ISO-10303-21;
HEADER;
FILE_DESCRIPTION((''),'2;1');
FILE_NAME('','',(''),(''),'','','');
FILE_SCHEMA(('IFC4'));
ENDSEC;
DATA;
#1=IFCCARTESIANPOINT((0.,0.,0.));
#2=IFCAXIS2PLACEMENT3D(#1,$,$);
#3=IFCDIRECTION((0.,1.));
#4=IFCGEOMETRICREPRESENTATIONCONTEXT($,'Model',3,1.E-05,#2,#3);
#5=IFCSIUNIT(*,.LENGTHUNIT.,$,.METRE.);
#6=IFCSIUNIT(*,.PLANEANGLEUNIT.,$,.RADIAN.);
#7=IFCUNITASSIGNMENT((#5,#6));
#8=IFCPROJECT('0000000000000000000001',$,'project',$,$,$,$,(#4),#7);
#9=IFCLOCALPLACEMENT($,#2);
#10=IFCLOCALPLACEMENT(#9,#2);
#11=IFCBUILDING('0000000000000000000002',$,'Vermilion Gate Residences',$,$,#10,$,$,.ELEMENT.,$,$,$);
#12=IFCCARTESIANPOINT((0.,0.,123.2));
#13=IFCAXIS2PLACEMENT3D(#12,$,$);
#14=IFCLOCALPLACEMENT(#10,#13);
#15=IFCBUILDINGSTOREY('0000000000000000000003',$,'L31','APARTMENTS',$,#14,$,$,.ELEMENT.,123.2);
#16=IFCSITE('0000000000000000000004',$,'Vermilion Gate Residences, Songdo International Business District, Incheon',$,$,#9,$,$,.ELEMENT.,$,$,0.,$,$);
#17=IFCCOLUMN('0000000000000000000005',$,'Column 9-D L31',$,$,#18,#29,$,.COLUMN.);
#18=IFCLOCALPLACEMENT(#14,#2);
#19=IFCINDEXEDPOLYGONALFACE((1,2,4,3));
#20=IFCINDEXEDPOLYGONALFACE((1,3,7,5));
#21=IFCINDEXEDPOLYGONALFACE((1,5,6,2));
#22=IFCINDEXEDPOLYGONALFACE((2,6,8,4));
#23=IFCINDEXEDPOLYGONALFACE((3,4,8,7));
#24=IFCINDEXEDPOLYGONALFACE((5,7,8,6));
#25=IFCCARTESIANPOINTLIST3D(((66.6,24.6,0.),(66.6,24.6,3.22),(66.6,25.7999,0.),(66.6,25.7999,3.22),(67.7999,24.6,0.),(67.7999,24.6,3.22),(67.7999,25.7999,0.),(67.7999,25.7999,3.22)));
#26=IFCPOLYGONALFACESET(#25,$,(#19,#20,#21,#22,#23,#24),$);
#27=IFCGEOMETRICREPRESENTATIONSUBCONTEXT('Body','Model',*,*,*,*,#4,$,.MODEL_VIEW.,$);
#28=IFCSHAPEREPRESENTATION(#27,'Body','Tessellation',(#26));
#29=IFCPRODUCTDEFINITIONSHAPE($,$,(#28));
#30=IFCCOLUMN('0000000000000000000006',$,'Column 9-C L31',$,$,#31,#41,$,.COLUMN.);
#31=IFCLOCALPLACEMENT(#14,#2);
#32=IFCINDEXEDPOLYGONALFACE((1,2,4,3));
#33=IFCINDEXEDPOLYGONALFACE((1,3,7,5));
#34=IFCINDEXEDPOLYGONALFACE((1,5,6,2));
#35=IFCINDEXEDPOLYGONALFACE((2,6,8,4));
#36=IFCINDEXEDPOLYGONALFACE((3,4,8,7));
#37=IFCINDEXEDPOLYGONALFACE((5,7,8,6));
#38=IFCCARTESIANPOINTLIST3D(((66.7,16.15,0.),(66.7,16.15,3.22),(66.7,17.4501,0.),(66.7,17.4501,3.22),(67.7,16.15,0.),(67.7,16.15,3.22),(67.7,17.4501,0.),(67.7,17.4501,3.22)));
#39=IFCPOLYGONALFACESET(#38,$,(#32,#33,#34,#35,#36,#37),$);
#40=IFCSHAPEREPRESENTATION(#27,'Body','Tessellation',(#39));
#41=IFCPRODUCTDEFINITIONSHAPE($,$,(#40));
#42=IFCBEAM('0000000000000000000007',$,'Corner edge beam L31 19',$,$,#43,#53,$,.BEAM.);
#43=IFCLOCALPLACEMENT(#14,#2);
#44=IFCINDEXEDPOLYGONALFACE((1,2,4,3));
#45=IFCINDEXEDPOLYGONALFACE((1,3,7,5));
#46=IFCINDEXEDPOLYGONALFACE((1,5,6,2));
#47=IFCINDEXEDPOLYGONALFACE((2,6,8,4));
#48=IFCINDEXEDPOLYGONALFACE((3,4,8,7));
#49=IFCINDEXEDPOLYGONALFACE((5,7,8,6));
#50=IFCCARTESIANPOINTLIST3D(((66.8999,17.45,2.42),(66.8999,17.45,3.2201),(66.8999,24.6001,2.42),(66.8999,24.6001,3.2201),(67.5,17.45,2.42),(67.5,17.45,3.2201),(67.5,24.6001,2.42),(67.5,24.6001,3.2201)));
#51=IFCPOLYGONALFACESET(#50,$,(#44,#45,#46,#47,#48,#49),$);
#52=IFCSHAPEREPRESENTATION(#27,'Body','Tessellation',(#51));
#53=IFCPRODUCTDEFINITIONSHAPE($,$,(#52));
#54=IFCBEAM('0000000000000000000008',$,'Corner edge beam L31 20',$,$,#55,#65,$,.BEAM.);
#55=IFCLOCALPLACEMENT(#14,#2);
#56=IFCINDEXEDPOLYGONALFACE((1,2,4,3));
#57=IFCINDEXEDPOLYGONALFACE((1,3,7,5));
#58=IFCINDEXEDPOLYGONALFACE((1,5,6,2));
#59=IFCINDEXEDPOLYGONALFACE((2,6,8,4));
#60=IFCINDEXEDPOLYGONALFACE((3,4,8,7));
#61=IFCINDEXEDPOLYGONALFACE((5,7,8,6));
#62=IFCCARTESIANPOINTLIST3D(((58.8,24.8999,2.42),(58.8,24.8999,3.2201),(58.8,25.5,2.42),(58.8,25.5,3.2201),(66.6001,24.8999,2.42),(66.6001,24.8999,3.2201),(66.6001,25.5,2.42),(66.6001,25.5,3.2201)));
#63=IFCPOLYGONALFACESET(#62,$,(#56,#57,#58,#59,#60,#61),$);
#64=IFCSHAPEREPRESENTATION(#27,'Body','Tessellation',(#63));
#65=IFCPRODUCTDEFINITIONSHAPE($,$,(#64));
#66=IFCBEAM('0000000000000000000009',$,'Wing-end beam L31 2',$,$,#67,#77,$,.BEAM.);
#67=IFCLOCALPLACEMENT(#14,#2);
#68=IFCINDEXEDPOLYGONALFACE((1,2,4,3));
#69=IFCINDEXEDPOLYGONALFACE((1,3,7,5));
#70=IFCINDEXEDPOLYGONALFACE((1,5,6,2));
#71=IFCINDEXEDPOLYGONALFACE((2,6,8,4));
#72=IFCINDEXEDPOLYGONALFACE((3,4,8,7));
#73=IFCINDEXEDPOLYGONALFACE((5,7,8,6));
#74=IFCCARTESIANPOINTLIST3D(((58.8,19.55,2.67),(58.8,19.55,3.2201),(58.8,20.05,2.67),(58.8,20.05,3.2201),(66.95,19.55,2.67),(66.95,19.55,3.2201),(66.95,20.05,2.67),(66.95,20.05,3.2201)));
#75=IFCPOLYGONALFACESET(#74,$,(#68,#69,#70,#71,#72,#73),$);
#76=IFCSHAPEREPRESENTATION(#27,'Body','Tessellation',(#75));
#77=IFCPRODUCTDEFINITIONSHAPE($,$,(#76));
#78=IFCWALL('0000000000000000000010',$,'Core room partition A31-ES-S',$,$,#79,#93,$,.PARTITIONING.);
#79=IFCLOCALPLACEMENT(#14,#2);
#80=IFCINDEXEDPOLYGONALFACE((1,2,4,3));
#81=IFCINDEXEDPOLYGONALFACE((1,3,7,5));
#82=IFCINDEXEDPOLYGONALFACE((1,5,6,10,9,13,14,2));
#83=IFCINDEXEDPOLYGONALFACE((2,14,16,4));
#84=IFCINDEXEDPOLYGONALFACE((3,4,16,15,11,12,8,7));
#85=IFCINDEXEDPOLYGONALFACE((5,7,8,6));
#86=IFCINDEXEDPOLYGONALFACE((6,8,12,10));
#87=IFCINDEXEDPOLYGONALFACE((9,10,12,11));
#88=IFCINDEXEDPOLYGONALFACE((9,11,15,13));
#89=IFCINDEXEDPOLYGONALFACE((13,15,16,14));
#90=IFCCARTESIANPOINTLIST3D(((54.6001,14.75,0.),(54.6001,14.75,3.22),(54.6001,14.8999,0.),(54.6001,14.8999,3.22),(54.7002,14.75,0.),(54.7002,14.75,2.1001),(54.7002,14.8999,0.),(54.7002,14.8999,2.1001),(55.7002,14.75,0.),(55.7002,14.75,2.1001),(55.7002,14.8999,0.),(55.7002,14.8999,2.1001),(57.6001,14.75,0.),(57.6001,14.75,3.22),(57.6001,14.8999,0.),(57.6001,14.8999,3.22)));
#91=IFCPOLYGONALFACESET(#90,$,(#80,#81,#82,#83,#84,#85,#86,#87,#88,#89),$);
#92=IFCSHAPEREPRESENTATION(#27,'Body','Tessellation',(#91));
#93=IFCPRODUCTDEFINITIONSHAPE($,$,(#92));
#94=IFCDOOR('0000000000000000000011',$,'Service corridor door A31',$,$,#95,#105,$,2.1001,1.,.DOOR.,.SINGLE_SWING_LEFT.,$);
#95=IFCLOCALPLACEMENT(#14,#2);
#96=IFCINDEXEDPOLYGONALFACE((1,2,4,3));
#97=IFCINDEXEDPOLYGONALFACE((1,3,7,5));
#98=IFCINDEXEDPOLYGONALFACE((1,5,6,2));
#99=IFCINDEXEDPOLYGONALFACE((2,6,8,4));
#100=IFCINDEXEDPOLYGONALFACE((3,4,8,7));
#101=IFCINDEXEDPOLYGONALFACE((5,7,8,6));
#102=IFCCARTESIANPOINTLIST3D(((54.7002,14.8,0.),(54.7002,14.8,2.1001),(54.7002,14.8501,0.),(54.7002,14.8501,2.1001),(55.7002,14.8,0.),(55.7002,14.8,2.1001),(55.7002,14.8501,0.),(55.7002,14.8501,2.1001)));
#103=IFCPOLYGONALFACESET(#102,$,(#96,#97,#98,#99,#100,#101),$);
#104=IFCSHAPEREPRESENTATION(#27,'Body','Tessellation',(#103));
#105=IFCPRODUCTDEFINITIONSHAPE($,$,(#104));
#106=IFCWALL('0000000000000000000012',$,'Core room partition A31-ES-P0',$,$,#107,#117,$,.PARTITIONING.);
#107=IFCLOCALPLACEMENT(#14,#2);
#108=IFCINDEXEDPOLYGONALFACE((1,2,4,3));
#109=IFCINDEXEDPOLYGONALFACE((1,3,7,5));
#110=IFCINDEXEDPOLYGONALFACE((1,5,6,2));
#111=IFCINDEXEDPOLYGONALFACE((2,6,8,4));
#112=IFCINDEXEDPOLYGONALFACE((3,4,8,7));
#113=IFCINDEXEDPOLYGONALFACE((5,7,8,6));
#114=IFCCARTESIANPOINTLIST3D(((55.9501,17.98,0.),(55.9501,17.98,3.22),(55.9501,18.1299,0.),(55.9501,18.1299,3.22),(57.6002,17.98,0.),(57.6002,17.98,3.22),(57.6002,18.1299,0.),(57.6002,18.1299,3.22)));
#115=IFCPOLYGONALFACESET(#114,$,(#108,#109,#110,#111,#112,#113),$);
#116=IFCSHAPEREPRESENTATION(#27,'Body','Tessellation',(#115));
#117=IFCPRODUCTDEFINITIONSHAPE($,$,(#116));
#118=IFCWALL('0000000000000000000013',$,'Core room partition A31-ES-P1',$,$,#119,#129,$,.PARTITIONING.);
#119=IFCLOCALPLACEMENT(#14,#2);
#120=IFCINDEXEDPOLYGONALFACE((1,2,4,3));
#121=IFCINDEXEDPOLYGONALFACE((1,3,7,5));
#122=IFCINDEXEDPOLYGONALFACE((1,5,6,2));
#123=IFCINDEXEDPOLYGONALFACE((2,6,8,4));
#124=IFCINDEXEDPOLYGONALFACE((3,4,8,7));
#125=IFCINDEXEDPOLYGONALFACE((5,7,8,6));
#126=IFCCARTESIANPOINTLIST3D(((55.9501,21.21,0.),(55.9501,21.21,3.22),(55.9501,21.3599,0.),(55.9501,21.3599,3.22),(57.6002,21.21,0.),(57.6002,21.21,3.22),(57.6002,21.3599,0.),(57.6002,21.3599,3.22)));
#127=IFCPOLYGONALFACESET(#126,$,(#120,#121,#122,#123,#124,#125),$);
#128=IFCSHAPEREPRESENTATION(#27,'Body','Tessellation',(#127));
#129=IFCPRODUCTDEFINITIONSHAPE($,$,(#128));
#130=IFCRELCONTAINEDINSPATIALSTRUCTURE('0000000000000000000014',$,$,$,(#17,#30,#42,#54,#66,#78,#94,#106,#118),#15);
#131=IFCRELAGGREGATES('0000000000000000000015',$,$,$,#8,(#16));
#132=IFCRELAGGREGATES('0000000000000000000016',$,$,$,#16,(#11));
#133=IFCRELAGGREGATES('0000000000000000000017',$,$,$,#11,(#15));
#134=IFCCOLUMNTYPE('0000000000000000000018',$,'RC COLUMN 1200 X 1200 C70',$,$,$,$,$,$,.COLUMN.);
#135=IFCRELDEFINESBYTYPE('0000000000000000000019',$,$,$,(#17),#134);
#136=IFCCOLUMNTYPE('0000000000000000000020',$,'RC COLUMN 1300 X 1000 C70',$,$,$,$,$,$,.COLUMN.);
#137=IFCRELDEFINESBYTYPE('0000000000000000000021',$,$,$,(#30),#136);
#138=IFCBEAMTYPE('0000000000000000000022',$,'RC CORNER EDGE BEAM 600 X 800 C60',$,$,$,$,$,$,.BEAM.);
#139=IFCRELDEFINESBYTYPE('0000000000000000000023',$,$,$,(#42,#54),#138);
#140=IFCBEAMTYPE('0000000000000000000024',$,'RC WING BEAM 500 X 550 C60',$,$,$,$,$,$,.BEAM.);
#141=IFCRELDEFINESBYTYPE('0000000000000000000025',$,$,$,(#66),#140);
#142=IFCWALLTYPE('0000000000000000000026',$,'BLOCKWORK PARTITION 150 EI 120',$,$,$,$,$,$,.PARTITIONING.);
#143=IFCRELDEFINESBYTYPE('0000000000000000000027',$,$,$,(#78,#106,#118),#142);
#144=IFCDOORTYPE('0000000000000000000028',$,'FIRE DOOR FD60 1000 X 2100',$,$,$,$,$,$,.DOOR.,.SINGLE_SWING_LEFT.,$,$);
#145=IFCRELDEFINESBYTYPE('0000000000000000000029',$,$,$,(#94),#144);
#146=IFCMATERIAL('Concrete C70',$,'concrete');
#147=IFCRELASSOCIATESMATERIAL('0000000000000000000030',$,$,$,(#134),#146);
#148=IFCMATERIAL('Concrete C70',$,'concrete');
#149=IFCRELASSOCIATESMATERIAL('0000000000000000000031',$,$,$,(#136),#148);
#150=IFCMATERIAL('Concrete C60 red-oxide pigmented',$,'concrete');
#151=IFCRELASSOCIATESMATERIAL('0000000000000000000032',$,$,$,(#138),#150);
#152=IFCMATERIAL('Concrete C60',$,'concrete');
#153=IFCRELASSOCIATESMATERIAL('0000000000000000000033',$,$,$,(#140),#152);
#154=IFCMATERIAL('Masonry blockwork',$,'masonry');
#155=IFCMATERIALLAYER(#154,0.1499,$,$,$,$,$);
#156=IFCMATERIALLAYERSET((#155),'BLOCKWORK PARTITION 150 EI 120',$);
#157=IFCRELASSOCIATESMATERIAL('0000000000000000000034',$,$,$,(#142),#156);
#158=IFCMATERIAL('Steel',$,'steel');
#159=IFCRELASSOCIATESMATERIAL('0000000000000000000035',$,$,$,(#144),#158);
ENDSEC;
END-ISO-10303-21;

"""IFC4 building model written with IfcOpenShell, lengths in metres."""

from ifc_helpers import new_model, si_unit, direction, frame, frame_2d, origin, origin_2d, place, context, subcontext, project, spatial, rectangle, extrude, material, layer, layer_set, material_profile, profile_set, type_object, element, fill, save


model = new_model("IFC4")

# Units and contexts
model_context = context("Model", 3, precision=1e-05, world=origin(), true_north=direction((0.0, 1.0)))
body_context = subcontext(model_context, "Body", "Model", "MODEL_VIEW")
ifc_project = project(units=[si_unit("LENGTHUNIT", "METRE"), si_unit("PLANEANGLEUNIT", "RADIAN")], contexts=[model_context])

# Site, building, storey
site_placement = place(None, origin())
site = spatial("IfcSite", under=ifc_project, at=site_placement, Name="Vermilion Gate Residences, Songdo International Business District, Incheon", CompositionType="ELEMENT", RefElevation=0.0)
building_placement = place(site_placement, origin())
building = spatial("IfcBuilding", under=site, at=building_placement, Name="Vermilion Gate Residences", CompositionType="ELEMENT")
storey_placement = place(building_placement, frame((0.0, 0.0, 123.2)))
storey = spatial("IfcBuildingStorey", under=building, at=storey_placement, Name="L31", Description="APARTMENTS", CompositionType="ELEMENT", Elevation=123.2)

# Columns
ifc_material_1 = material(Name="Concrete C70", Category="concrete")
ifc_material_profile_1 = material_profile(ifc_material_1, rectangle(XDim=1.2, YDim=1.2, at=origin_2d()), Name="RC-1200x1200")
ifc_profile_set_1 = profile_set([ifc_material_profile_1], Name="Concrete C70")
column_type_1 = type_object("IfcColumnType", Name="RC COLUMN 1200 X 1200 C70", PredefinedType="COLUMN", material=ifc_profile_set_1)
column_1_placement = place(storey_placement, frame((67.2, 25.2, 0.0), z_axis=(0.0, 0.0, 1.0), x_axis=(1.0, 0.0, 0.0)))
element("IfcColumn", 1, at=column_1_placement, inside=storey, type_object=column_type_1, Name="Column 9-D L31", PredefinedType="COLUMN", context=body_context, shape_type="SweptSolid", body=[
    extrude(rectangle(XDim=1.2, YDim=1.2, at=origin_2d()), origin(), (0.0, 0.0, 1.0), 3.22),
])
ifc_material_2 = material(Name="Concrete C70", Category="concrete")
ifc_material_profile_2 = material_profile(ifc_material_2, rectangle(XDim=1.3, YDim=1.0, at=origin_2d()), Name="RC-1300x1000")
ifc_profile_set_2 = profile_set([ifc_material_profile_2], Name="Concrete C70")
column_type_2 = type_object("IfcColumnType", Name="RC COLUMN 1300 X 1000 C70", PredefinedType="COLUMN", material=ifc_profile_set_2)
column_2_placement = place(storey_placement, frame((67.2, 16.8, 0.0), z_axis=(0.0, 0.0, 1.0), x_axis=(0.0, 1.0, 0.0)))
element("IfcColumn", 2, at=column_2_placement, inside=storey, type_object=column_type_2, Name="Column 9-C L31", PredefinedType="COLUMN", context=body_context, shape_type="SweptSolid", body=[
    extrude(rectangle(XDim=1.3, YDim=1.0, at=origin_2d()), origin(), (0.0, 0.0, 1.0), 3.22),
])

# Beams
ifc_material_3 = material(Name="Concrete C60 red-oxide pigmented", Category="concrete")
ifc_material_profile_3 = material_profile(ifc_material_3, rectangle(XDim=0.6001, YDim=0.8, at=origin_2d()), Name="RC-600x800")
ifc_profile_set_3 = profile_set([ifc_material_profile_3], Name="Concrete C60 red-oxide pigmented")
beam_type_1 = type_object("IfcBeamType", Name="RC CORNER EDGE BEAM 600 X 800 C60", PredefinedType="BEAM", material=ifc_profile_set_3)
beam_1_placement = place(storey_placement, frame((67.2, 17.45, 2.8201), z_axis=(0.0, 1.0, 0.0), x_axis=(-1.0, 0.0, 0.0)))
element("IfcBeam", 3, at=beam_1_placement, inside=storey, type_object=beam_type_1, Name="Corner edge beam L31 19", PredefinedType="BEAM", context=body_context, shape_type="SweptSolid", body=[
    extrude(rectangle(XDim=0.6001, YDim=0.8, at=origin_2d()), origin(), (0.0, 0.0, 1.0), 7.1501),
])
beam_2_placement = place(storey_placement, frame((58.8, 25.2, 2.8201), z_axis=(1.0, 0.0, 0.0), x_axis=(0.0, 1.0, 0.0)))
element("IfcBeam", 4, at=beam_2_placement, inside=storey, type_object=beam_type_1, Name="Corner edge beam L31 20", PredefinedType="BEAM", context=body_context, shape_type="SweptSolid", body=[
    extrude(rectangle(XDim=0.6001, YDim=0.8, at=origin_2d()), origin(), (0.0, 0.0, 1.0), 7.8),
])
ifc_material_4 = material(Name="Concrete C60", Category="concrete")
ifc_material_profile_4 = material_profile(ifc_material_4, rectangle(XDim=0.5, YDim=0.55, at=origin_2d()), Name="RC-500x550")
ifc_profile_set_4 = profile_set([ifc_material_profile_4], Name="Concrete C60")
beam_type_2 = type_object("IfcBeamType", Name="RC WING BEAM 500 X 550 C60", PredefinedType="BEAM", material=ifc_profile_set_4)
beam_3_placement = place(storey_placement, frame((58.8, 19.8, 2.9451), z_axis=(1.0, 0.0, 0.0), x_axis=(0.0, 1.0, 0.0)))
element("IfcBeam", 5, at=beam_3_placement, inside=storey, type_object=beam_type_2, Name="Wing-end beam L31 2", PredefinedType="BEAM", context=body_context, shape_type="SweptSolid", body=[
    extrude(rectangle(XDim=0.5, YDim=0.55, at=origin_2d()), origin(), (0.0, 0.0, 1.0), 8.1499),
])

# Wall, opening, door
ifc_material_5 = material(Name="Masonry blockwork", Category="masonry")
ifc_layer_1 = layer(ifc_material_5, 0.1499)
ifc_layer_set_1 = layer_set([ifc_layer_1], Name="BLOCKWORK PARTITION 150 EI 120")
wall_type_1 = type_object("IfcWallType", Name="BLOCKWORK PARTITION 150 EI 120", PredefinedType="PARTITIONING", material=ifc_layer_set_1)
wall_1_placement = place(storey_placement, frame((54.6001, 14.825, 0.0), z_axis=(0.0, 0.0, 1.0), x_axis=(1.0, 0.0, 0.0)))
wall_1 = element("IfcWall", 6, at=wall_1_placement, inside=storey, type_object=wall_type_1, Name="Core room partition A31-ES-S", PredefinedType="PARTITIONING", context=body_context, shape_type="SweptSolid", body=[
    extrude(rectangle(XDim=3.0, YDim=0.1499, at=frame_2d((1.5, 0.0))), origin(), (0.0, 0.0, 1.0), 3.22),
])
opening_1_placement = place(wall_1_placement, frame((0.1001, 0.0, 0.0)))
opening_1 = element("IfcOpeningElement", 7, at=opening_1_placement, cuts=wall_1, PredefinedType="OPENING", context=body_context, shape_type="SweptSolid", body=[
    extrude(rectangle(XDim=1.0, YDim=2.1001, at=frame_2d((0.5, 1.05))), frame((0.0, 0.085, 0.0), z_axis=(0.0, -1.0, 0.0), x_axis=(1.0, 0.0, 0.0)), (0.0, 0.0, 1.0), 0.1699),
])
ifc_material_6 = material(Name="Steel", Category="steel")
door_type_1 = type_object("IfcDoorType", Name="FIRE DOOR FD60 1000 X 2100", OperationType="SINGLE_SWING_LEFT", PredefinedType="DOOR", material=ifc_material_6)
door_1_placement = place(opening_1_placement, frame((1.0, 0.0, 0.0), z_axis=(0.0, 0.0, 1.0), x_axis=(-1.0, 0.0, 0.0)))
door_1 = element("IfcDoor", 8, at=door_1_placement, inside=storey, type_object=door_type_1, Name="Service corridor door A31", OperationType="SINGLE_SWING_LEFT", OverallHeight=2.1001, OverallWidth=1.0, PredefinedType="DOOR", context=body_context, shape_type="SweptSolid", body=[
    extrude(rectangle(XDim=1.0, YDim=2.1001, at=frame_2d((0.5, 1.05))), frame((0.0, 0.0249, 0.0), z_axis=(0.0, -1.0, 0.0), x_axis=(1.0, 0.0, 0.0)), (0.0, 0.0, 1.0), 0.05),
])
fill(opening_1, door_1)

# Walls
for number, where, z_axis, x_axis, name in (
    (9, (55.95, 18.0549, 0.0), (0.0, 0.0, 1.0), (1.0, 0.0, 0.0), "Core room partition A31-ES-P0"),
    (10, (55.95, 21.2849, 0.0), (0.0, 0.0, 1.0), (1.0, 0.0, 0.0), "Core room partition A31-ES-P1"),
):
    element("IfcWall", number, at=place(storey_placement, frame(where, z_axis=z_axis, x_axis=x_axis)), inside=storey, type_object=wall_type_1, Name=name, PredefinedType="PARTITIONING", context=body_context, shape_type="SweptSolid", body=[
        extrude(rectangle(XDim=1.6501, YDim=0.1499, at=frame_2d((0.8252, 0.0))), origin(), (0.0, 0.0, 1.0), 3.22),
    ])

save(model, "model.ifc")
